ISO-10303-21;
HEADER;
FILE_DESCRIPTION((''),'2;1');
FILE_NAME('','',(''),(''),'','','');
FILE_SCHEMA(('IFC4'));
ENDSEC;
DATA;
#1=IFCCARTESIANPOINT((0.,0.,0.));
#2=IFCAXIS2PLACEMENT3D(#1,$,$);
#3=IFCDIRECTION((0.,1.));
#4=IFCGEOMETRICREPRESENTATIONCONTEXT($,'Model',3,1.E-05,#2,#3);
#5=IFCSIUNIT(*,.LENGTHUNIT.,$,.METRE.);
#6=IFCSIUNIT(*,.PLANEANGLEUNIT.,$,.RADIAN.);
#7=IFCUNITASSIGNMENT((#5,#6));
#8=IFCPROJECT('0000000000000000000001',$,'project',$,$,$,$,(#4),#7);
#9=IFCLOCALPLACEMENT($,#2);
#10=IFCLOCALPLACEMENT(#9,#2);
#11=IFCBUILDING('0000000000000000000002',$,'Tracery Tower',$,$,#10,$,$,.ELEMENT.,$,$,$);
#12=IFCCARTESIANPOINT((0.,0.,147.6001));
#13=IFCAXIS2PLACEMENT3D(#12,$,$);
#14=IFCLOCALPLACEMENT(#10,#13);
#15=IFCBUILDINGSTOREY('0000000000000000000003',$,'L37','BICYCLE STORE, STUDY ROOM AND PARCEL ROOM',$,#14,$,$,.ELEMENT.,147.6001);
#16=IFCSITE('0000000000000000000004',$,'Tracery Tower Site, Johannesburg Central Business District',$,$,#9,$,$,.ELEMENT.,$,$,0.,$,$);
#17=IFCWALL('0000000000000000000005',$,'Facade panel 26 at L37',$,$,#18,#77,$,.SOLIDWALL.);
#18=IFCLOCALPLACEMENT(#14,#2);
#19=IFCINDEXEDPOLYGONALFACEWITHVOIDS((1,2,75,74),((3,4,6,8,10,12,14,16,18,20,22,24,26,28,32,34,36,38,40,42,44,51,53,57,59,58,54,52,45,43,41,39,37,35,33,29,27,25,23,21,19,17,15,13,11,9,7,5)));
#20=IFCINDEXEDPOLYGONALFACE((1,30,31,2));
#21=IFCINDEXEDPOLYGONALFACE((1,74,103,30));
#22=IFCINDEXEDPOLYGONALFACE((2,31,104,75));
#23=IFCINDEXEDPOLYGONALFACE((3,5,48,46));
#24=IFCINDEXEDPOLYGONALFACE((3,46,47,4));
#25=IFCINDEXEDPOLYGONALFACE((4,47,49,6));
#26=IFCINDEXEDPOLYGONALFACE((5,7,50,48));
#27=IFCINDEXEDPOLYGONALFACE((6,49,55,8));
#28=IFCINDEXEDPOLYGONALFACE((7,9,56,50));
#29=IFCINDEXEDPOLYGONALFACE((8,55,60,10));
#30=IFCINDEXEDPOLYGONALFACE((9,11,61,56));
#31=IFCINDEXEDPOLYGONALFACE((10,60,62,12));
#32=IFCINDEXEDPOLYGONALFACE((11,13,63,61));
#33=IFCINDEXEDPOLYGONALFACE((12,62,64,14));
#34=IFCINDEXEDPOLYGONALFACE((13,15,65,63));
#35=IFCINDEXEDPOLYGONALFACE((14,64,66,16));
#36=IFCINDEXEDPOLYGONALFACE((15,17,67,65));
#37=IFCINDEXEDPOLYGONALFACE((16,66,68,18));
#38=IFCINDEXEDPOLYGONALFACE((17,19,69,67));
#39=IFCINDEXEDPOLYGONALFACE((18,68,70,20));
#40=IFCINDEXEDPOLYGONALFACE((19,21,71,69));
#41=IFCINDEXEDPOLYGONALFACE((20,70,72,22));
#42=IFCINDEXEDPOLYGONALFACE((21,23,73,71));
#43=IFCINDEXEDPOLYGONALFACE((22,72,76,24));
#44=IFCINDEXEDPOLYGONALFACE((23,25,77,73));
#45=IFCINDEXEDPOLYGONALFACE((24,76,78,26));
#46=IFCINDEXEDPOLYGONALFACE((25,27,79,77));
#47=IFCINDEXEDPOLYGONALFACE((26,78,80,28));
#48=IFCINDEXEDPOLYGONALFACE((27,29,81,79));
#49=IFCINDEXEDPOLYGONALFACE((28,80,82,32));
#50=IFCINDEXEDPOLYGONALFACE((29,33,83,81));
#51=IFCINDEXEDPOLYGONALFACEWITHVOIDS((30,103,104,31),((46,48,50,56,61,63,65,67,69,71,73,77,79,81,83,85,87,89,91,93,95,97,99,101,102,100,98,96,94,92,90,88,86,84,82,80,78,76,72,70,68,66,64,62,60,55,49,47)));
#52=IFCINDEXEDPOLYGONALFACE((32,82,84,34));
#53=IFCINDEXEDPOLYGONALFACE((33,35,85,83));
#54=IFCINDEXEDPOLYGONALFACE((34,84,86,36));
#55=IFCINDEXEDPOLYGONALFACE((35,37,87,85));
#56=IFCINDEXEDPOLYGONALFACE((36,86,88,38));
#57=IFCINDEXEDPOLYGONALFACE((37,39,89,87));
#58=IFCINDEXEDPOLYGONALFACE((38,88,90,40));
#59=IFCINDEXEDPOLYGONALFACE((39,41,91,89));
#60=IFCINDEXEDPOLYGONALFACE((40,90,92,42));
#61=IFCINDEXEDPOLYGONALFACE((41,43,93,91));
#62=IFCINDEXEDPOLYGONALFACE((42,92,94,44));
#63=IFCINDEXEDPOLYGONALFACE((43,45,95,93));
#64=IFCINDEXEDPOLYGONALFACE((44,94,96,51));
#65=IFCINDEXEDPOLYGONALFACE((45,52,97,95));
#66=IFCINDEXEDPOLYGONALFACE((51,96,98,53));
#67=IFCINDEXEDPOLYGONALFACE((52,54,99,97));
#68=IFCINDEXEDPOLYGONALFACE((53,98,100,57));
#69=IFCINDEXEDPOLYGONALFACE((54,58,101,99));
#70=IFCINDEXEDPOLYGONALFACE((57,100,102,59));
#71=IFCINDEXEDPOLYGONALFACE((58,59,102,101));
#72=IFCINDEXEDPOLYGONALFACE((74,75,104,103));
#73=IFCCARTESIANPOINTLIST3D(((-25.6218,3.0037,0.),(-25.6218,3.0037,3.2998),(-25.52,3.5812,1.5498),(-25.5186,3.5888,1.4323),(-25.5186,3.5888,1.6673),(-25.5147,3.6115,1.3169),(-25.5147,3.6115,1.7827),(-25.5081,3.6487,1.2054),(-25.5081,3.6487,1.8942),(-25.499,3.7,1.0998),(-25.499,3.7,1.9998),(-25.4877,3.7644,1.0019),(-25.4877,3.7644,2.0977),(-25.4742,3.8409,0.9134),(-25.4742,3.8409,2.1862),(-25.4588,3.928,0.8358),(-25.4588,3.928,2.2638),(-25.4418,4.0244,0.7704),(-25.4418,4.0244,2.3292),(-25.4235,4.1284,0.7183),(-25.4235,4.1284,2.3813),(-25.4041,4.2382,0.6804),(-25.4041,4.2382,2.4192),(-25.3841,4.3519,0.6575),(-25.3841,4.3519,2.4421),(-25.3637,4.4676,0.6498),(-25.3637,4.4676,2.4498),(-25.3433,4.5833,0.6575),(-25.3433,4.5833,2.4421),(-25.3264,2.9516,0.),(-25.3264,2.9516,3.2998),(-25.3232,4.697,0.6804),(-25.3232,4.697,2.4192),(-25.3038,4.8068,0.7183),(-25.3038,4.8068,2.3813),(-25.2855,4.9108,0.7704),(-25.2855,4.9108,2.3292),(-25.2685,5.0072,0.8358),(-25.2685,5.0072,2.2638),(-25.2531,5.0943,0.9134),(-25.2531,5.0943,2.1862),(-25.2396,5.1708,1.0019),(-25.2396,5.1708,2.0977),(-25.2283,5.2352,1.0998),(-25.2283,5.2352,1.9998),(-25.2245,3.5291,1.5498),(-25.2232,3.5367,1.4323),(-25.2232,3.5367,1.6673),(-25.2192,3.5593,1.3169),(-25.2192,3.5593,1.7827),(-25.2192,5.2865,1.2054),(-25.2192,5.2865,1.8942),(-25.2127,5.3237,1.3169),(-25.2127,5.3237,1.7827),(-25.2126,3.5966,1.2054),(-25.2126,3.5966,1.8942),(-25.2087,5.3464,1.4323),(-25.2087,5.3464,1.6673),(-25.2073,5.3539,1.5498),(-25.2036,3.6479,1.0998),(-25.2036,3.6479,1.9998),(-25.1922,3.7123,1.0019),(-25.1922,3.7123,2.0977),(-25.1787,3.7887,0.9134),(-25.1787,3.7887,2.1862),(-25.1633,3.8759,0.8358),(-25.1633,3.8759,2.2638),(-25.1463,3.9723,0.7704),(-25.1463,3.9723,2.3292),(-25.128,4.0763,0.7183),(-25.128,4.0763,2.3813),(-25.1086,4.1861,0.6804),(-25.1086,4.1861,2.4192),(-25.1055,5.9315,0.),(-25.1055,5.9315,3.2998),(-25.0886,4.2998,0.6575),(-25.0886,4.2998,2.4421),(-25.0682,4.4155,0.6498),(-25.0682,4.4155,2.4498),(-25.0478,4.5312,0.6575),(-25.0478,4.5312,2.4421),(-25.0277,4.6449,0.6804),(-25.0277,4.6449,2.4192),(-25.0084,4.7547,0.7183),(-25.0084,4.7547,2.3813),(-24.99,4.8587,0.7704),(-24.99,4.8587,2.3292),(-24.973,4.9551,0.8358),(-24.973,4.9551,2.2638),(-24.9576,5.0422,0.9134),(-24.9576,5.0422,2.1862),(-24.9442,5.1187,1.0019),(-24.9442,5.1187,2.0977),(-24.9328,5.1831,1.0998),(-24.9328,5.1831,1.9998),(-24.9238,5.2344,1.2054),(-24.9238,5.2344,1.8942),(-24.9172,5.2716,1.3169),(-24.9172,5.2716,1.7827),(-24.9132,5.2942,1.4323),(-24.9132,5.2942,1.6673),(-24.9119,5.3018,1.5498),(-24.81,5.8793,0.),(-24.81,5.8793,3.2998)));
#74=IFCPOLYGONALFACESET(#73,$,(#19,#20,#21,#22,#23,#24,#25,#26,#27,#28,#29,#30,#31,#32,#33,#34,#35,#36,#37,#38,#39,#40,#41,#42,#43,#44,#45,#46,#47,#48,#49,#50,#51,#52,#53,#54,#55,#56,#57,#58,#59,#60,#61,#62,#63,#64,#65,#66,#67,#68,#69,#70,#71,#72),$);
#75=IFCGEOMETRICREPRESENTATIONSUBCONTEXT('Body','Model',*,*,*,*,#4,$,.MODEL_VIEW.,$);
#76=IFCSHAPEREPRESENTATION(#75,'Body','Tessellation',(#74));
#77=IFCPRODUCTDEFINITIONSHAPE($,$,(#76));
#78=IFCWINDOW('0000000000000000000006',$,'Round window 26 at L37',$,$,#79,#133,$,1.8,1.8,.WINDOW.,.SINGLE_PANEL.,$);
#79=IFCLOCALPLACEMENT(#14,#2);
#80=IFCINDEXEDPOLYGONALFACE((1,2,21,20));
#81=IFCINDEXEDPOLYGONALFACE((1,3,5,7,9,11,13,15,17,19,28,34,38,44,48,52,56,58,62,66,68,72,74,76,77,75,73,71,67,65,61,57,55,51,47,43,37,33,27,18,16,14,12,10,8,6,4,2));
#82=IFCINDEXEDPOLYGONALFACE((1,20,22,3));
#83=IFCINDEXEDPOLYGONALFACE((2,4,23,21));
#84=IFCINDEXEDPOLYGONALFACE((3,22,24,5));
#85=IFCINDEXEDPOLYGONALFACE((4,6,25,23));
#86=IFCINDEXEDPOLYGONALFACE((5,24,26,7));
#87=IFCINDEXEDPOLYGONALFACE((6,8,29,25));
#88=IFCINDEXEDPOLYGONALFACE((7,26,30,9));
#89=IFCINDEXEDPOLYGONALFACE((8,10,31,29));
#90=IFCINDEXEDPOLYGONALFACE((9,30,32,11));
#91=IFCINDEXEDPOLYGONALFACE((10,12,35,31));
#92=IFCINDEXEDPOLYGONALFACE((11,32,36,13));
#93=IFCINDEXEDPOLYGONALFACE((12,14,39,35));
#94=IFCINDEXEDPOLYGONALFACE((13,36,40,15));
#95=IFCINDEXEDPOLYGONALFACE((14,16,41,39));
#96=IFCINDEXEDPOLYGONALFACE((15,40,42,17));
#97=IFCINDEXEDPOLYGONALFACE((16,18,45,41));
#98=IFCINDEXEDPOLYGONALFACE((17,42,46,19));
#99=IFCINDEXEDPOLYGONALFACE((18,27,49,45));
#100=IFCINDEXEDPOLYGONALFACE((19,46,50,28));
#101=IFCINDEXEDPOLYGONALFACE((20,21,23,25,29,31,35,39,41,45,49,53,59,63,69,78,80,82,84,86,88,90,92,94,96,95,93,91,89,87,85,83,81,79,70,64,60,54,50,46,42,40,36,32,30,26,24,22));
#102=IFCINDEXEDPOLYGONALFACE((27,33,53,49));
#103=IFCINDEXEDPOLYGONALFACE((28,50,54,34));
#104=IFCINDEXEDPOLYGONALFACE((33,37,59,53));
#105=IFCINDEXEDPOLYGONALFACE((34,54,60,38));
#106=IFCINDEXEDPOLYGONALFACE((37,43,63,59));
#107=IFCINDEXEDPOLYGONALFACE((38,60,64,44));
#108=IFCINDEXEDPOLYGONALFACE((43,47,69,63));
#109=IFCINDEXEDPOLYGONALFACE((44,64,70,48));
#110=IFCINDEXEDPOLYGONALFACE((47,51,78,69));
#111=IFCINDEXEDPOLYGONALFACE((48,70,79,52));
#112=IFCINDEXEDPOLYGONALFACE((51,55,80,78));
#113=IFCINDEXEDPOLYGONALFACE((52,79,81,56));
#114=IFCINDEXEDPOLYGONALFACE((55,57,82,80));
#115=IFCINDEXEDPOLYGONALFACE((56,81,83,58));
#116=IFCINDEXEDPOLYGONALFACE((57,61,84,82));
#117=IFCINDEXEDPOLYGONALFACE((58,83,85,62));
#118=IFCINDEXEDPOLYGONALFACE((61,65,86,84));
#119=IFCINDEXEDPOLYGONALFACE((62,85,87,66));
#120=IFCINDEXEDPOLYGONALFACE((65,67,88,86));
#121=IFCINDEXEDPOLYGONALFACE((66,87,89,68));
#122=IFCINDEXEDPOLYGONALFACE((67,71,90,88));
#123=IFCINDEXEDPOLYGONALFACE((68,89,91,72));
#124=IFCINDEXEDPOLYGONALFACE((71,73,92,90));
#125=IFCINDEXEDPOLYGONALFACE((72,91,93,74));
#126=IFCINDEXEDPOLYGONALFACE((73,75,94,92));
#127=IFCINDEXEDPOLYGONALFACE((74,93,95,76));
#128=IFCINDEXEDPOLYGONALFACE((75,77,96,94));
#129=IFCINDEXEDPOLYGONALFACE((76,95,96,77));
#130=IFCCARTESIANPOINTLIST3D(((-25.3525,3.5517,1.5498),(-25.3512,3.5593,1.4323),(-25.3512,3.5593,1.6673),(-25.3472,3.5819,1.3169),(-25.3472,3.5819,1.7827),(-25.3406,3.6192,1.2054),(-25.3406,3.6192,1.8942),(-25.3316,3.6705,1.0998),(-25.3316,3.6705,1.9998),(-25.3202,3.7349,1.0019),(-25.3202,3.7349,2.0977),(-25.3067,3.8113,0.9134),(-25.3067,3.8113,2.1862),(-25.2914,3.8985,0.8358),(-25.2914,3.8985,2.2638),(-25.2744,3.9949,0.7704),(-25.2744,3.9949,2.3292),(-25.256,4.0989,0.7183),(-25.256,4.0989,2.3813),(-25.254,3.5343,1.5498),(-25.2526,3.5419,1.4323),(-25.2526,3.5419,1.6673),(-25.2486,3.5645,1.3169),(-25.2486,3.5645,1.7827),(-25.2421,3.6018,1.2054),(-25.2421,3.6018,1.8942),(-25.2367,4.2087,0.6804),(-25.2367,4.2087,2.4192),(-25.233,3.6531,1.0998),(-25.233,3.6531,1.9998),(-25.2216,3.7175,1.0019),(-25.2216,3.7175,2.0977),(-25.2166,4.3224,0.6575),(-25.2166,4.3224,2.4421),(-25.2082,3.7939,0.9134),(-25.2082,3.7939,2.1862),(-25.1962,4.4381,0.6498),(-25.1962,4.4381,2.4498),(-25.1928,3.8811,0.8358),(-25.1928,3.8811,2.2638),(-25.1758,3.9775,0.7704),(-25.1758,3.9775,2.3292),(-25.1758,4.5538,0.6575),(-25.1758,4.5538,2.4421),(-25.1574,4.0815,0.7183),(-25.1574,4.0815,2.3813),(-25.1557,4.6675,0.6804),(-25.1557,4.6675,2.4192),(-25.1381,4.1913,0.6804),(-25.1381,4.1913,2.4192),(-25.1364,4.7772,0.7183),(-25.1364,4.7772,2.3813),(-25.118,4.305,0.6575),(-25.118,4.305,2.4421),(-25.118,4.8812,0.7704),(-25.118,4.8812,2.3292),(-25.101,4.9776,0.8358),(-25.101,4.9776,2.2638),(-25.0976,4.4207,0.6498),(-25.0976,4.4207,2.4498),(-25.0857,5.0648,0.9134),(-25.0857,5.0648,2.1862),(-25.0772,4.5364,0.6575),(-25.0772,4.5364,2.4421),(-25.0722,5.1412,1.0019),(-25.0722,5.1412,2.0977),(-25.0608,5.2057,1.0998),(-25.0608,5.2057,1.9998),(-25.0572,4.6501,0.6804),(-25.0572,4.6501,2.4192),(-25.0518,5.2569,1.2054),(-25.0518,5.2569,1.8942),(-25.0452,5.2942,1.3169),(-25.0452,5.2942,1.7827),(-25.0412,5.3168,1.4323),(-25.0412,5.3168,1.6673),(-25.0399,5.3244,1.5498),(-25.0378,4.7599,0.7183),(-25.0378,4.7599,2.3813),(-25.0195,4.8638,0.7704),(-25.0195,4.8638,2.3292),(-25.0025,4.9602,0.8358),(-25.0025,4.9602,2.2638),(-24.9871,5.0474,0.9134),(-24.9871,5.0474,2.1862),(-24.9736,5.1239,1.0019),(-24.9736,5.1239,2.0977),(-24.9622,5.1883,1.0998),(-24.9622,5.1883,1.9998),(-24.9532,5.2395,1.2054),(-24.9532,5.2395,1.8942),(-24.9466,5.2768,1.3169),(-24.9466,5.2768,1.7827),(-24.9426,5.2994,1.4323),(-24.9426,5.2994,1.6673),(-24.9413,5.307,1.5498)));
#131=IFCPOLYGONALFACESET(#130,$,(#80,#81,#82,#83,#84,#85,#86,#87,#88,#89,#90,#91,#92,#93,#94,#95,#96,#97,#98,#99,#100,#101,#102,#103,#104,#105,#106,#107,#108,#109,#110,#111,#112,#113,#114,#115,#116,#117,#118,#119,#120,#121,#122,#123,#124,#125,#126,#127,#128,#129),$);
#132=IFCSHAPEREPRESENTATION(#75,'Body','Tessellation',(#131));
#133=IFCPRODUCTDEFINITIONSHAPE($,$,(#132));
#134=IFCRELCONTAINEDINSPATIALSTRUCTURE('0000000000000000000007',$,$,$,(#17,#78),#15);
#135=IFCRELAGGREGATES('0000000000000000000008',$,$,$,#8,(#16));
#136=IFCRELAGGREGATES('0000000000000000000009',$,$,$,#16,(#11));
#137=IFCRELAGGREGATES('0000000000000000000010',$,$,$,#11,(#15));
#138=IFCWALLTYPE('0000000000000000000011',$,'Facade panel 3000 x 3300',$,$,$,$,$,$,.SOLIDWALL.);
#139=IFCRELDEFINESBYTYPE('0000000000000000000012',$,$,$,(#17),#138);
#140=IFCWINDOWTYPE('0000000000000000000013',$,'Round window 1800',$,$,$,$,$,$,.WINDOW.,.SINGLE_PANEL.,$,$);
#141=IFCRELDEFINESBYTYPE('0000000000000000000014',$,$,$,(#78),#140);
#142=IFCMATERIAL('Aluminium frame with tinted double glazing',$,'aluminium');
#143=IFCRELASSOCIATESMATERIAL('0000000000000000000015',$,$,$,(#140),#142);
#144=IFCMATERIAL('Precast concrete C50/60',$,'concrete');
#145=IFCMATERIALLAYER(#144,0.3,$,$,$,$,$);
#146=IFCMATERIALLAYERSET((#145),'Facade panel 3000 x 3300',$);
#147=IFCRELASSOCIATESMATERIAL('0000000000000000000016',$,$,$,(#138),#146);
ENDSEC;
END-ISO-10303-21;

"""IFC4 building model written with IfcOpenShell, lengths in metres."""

from ifc_helpers import new_model, si_unit, direction, frame, frame_2d, origin, origin_2d, place, context, subcontext, project, spatial, rectangle, circle, extrude, material, layer, layer_set, type_object, element, fill, save


model = new_model("IFC4")

# Units and contexts
model_context = context("Model", 3, precision=1e-05, world=origin(), true_north=direction((0.0, 1.0)))
body_context = subcontext(model_context, "Body", "Model", "MODEL_VIEW")
ifc_project = project(units=[si_unit("LENGTHUNIT", "METRE"), si_unit("PLANEANGLEUNIT", "RADIAN")], contexts=[model_context])

# Site, building, storey
site_placement = place(None, origin())
site = spatial("IfcSite", under=ifc_project, at=site_placement, Name="Tracery Tower Site, Johannesburg Central Business District", CompositionType="ELEMENT", RefElevation=0.0)
building_placement = place(site_placement, origin())
building = spatial("IfcBuilding", under=site, at=building_placement, Name="Tracery Tower", CompositionType="ELEMENT")
storey_placement = place(building_placement, frame((0.0, 0.0, 147.6001)))
storey = spatial("IfcBuildingStorey", under=building, at=storey_placement, Name="L37", Description="BICYCLE STORE, STUDY ROOM AND PARCEL ROOM", CompositionType="ELEMENT", Elevation=147.6001)

# Wall, opening, window
ifc_material_1 = material(Name="Aluminium frame with tinted double glazing", Category="aluminium")
window_type = type_object("IfcWindowType", Name="Round window 1800", PartitioningType="SINGLE_PANEL", PredefinedType="WINDOW", material=ifc_material_1)
ifc_material_2 = material(Name="Precast concrete C50/60", Category="concrete")
ifc_layer_1 = layer(ifc_material_2, 0.3)
ifc_layer_set_1 = layer_set([ifc_layer_1], Name="Facade panel 3000 x 3300")
wall_type_1 = type_object("IfcWallType", Name="Facade panel 3000 x 3300", PredefinedType="SOLIDWALL", material=ifc_layer_set_1)
wall_1_placement = place(storey_placement, frame((-24.9578, 5.9053, 0.0), z_axis=(0.0, 0.0, 1.0), x_axis=(-0.173687, -0.984801, 0.0)))
wall_1 = element("IfcWall", 1, at=wall_1_placement, inside=storey, type_object=wall_type_1, Name="Facade panel 26 at L37", PredefinedType="SOLIDWALL", context=body_context, shape_type="SweptSolid", body=[
    extrude(rectangle(XDim=2.9729, YDim=0.3, at=frame_2d((1.4863, 0.0))), origin(), (0.0, 0.0, 1.0), 3.2998),
])
opening_1_placement = place(wall_1_placement, frame((1.4863, 0.0, 1.5498)))
opening_1 = element("IfcOpeningElement", 2, at=opening_1_placement, cuts=wall_1, PredefinedType="OPENING", context=body_context, shape_type="SweptSolid", body=[
    extrude(circle(Radius=0.9, at=origin_2d()), frame((0.0, 0.1599, 0.0), z_axis=(0.0, -1.0, 0.0), x_axis=(1.0, 0.0, 0.0)), (0.0, 0.0, 1.0), 0.3201),
])
window_1_placement = place(opening_1_placement, origin())
window_1 = element("IfcWindow", 3, at=window_1_placement, inside=storey, type_object=window_type, Name="Round window 26 at L37", OverallHeight=1.8, OverallWidth=1.8, PartitioningType="SINGLE_PANEL", PredefinedType="WINDOW", context=body_context, shape_type="SweptSolid", body=[
    extrude(circle(Radius=0.9, at=origin_2d()), frame((0.0, 0.1201, 0.0), z_axis=(0.0, -1.0, 0.0), x_axis=(1.0, 0.0, 0.0)), (0.0, 0.0, 1.0), 0.1001),
])
fill(opening_1, window_1)

save(model, "model.ifc")
